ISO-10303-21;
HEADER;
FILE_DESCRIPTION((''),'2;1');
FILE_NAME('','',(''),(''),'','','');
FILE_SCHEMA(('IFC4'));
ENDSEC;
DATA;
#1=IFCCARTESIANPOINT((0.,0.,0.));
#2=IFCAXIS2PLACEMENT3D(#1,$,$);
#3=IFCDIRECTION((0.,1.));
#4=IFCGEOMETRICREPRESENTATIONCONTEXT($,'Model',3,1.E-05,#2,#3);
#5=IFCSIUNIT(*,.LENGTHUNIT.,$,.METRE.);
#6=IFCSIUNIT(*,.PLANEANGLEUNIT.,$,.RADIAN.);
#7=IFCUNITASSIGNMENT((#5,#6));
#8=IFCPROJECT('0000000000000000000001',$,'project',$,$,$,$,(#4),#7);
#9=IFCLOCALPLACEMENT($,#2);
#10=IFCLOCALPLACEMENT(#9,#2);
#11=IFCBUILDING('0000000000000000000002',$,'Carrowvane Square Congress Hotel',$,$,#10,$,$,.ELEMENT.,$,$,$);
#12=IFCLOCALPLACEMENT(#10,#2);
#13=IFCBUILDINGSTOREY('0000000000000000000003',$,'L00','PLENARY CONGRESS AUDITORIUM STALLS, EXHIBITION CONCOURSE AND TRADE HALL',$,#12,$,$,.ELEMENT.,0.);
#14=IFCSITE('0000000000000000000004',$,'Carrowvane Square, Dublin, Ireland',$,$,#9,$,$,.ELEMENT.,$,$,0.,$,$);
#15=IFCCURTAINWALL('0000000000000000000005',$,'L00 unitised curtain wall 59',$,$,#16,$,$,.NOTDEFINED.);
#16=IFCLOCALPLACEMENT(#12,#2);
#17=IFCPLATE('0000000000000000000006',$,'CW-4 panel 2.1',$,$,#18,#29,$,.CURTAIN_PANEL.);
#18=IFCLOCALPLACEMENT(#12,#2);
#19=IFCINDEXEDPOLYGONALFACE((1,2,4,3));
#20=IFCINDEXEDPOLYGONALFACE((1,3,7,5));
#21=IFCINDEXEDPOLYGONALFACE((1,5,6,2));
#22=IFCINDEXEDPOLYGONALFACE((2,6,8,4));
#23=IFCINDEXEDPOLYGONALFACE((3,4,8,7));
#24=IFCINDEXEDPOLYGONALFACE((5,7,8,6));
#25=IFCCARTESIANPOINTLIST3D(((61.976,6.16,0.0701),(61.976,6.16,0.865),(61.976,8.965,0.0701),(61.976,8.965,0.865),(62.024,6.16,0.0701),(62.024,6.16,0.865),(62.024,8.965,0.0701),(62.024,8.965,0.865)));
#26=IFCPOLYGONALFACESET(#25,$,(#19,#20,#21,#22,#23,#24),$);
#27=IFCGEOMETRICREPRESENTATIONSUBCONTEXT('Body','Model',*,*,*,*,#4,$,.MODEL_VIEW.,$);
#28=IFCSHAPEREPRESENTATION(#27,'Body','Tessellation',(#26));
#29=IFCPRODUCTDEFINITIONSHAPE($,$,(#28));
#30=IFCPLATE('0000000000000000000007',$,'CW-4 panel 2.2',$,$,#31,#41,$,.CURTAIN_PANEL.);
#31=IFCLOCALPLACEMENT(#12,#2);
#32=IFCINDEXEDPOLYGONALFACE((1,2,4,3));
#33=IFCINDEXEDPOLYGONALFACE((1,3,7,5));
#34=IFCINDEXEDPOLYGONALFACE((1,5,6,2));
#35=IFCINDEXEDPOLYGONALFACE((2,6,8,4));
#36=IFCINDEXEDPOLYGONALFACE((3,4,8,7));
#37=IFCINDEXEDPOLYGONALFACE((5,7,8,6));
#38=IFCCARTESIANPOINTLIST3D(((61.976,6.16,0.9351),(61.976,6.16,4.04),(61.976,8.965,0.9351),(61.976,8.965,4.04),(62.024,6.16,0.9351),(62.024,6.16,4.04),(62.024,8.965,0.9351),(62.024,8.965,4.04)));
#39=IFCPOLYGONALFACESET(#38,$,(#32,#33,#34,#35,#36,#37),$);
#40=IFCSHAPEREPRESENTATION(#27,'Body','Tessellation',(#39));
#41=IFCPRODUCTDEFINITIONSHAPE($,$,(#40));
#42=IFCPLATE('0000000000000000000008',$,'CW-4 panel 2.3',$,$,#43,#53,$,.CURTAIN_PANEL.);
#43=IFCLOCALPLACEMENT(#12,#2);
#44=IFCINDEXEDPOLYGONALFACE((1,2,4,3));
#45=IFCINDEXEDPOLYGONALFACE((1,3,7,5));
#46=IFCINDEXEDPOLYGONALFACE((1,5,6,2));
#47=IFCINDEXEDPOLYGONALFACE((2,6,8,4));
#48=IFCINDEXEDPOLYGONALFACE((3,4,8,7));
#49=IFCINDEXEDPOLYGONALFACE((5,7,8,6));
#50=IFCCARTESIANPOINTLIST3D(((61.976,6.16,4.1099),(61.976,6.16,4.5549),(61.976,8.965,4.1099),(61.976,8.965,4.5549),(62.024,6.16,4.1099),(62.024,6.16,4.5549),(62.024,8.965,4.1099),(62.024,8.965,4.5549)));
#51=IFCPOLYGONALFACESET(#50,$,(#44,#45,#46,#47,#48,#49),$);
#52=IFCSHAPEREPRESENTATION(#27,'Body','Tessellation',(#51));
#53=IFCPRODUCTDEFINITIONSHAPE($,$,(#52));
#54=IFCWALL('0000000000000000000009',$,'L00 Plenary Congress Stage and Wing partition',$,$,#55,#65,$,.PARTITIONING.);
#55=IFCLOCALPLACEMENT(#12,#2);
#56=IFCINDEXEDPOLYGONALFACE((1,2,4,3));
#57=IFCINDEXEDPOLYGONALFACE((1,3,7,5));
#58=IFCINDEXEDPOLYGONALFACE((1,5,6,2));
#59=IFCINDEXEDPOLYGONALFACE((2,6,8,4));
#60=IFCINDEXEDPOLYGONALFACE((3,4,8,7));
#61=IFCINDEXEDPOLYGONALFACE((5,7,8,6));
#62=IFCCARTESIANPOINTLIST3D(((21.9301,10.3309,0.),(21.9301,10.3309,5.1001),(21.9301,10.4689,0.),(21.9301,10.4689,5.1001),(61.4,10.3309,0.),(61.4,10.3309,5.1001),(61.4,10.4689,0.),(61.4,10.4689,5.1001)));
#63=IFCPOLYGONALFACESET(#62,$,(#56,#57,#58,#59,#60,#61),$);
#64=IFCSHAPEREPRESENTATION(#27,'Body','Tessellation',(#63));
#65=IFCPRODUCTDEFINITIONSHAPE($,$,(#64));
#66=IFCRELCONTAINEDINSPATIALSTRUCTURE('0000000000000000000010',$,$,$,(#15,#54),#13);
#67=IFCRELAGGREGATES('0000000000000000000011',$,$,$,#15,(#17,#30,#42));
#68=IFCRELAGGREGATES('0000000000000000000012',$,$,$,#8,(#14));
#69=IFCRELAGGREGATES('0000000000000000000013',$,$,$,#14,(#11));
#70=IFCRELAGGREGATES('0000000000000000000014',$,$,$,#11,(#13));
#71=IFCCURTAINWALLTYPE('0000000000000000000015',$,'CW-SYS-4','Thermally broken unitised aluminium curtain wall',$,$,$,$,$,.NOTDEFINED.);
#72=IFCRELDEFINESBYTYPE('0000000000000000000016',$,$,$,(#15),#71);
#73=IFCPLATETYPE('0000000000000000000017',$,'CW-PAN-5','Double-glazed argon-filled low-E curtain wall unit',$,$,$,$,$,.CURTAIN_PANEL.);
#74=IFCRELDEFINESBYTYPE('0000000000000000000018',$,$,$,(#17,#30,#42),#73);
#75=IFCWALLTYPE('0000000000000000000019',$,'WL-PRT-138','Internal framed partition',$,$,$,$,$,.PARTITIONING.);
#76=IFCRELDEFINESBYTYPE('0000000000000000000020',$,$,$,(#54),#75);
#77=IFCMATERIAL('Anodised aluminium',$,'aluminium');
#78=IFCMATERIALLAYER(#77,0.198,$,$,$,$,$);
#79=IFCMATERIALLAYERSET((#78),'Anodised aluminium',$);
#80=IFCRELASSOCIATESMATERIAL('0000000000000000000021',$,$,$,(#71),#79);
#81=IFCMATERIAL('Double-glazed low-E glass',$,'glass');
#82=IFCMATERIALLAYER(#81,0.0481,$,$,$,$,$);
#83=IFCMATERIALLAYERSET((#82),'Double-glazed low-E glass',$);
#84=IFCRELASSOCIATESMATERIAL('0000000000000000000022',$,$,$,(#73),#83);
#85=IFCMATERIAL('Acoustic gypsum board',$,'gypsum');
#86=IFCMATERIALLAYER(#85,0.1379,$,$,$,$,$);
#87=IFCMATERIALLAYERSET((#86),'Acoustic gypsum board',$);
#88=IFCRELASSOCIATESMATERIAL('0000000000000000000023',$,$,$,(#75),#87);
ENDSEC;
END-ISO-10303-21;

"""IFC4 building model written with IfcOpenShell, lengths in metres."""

from ifc_helpers import new_model, si_unit, direction, frame, frame_2d, origin, origin_2d, place, context, subcontext, project, spatial, rectangle, extrude, material, layer, layer_set, type_object, element, aggregate, save


model = new_model("IFC4")

# Units and contexts
model_context = context("Model", 3, precision=1e-05, world=origin(), true_north=direction((0.0, 1.0)))
body_context = subcontext(model_context, "Body", "Model", "MODEL_VIEW")
ifc_project = project(units=[si_unit("LENGTHUNIT", "METRE"), si_unit("PLANEANGLEUNIT", "RADIAN")], contexts=[model_context])

# Site, building, storey
site_placement = place(None, origin())
site = spatial("IfcSite", under=ifc_project, at=site_placement, Name="Carrowvane Square, Dublin, Ireland", CompositionType="ELEMENT", RefElevation=0.0)
building_placement = place(site_placement, origin())
building = spatial("IfcBuilding", under=site, at=building_placement, Name="Carrowvane Square Congress Hotel", CompositionType="ELEMENT")
storey_placement = place(building_placement, origin())
storey = spatial("IfcBuildingStorey", under=building, at=storey_placement, Name="L00", Description="PLENARY CONGRESS AUDITORIUM STALLS, EXHIBITION CONCOURSE AND TRADE HALL", CompositionType="ELEMENT", Elevation=0.0)

# Curtain wall
ifc_material_1 = material(Name="Anodised aluminium", Category="aluminium")
ifc_layer_1 = layer(ifc_material_1, 0.198)
ifc_layer_set_1 = layer_set([ifc_layer_1], Name="Anodised aluminium")
curtain_wall_type_1 = type_object("IfcCurtainWallType", Name="CW-SYS-4", Description="Thermally broken unitised aluminium curtain wall", PredefinedType="NOTDEFINED", material=ifc_layer_set_1)
curtain_wall_1_placement = place(storey_placement, origin())
curtain_wall_1 = element("IfcCurtainWall", 1, at=curtain_wall_1_placement, inside=storey, type_object=curtain_wall_type_1, Name="L00 unitised curtain wall 59", PredefinedType="NOTDEFINED")

# Plates
ifc_material_2 = material(Name="Double-glazed low-E glass", Category="glass")
ifc_layer_2 = layer(ifc_material_2, 0.0481)
ifc_layer_set_2 = layer_set([ifc_layer_2], Name="Double-glazed low-E glass")
plate_type_1 = type_object("IfcPlateType", Name="CW-PAN-5", Description="Double-glazed argon-filled low-E curtain wall unit", PredefinedType="CURTAIN_PANEL", material=ifc_layer_set_2)
plate_1_placement = place(storey_placement, frame((62.0, 7.5625, 0.0701), z_axis=(0.0, 0.0, 1.0), x_axis=(0.0, -1.0, 0.0)))
plate_1 = element("IfcPlate", 2, at=plate_1_placement, type_object=plate_type_1, Name="CW-4 panel 2.1", PredefinedType="CURTAIN_PANEL", context=body_context, shape_type="SweptSolid", body=[
    extrude(rectangle(XDim=2.8049, YDim=0.0481, at=origin_2d()), origin(), (0.0, 0.0, 1.0), 0.7949),
])
plate_2_placement = place(storey_placement, frame((62.0, 7.5625, 0.9351), z_axis=(0.0, 0.0, 1.0), x_axis=(0.0, -1.0, 0.0)))
plate_2 = element("IfcPlate", 3, at=plate_2_placement, type_object=plate_type_1, Name="CW-4 panel 2.2", PredefinedType="CURTAIN_PANEL", context=body_context, shape_type="SweptSolid", body=[
    extrude(rectangle(XDim=2.8049, YDim=0.0481, at=origin_2d()), origin(), (0.0, 0.0, 1.0), 3.105),
])
plate_3_placement = place(storey_placement, frame((62.0, 7.5625, 4.1099), z_axis=(0.0, 0.0, 1.0), x_axis=(0.0, -1.0, 0.0)))
plate_3 = element("IfcPlate", 4, at=plate_3_placement, type_object=plate_type_1, Name="CW-4 panel 2.3", PredefinedType="CURTAIN_PANEL", context=body_context, shape_type="SweptSolid", body=[
    extrude(rectangle(XDim=2.8049, YDim=0.0481, at=origin_2d()), origin(), (0.0, 0.0, 1.0), 0.4451),
])
aggregate(curtain_wall_1, [plate_1, plate_2, plate_3])

# Wall
ifc_material_3 = material(Name="Acoustic gypsum board", Category="gypsum")
ifc_layer_3 = layer(ifc_material_3, 0.1379)
ifc_layer_set_3 = layer_set([ifc_layer_3], Name="Acoustic gypsum board")
wall_type = type_object("IfcWallType", Name="WL-PRT-138", Description="Internal framed partition", PredefinedType="PARTITIONING", material=ifc_layer_set_3)
wall_placement = place(storey_placement, frame((61.3999, 10.3999, 0.0), z_axis=(0.0, 0.0, 1.0), x_axis=(-1.0, 0.0, 0.0)))
element("IfcWall", 5, at=wall_placement, inside=storey, type_object=wall_type, Name="L00 Plenary Congress Stage and Wing partition", PredefinedType="PARTITIONING", context=body_context, shape_type="SweptSolid", body=[
    extrude(rectangle(XDim=39.47, YDim=0.1379, at=frame_2d((19.7349, 0.0))), origin(), (0.0, 0.0, 1.0), 5.1001),
])

save(model, "model.ifc")
